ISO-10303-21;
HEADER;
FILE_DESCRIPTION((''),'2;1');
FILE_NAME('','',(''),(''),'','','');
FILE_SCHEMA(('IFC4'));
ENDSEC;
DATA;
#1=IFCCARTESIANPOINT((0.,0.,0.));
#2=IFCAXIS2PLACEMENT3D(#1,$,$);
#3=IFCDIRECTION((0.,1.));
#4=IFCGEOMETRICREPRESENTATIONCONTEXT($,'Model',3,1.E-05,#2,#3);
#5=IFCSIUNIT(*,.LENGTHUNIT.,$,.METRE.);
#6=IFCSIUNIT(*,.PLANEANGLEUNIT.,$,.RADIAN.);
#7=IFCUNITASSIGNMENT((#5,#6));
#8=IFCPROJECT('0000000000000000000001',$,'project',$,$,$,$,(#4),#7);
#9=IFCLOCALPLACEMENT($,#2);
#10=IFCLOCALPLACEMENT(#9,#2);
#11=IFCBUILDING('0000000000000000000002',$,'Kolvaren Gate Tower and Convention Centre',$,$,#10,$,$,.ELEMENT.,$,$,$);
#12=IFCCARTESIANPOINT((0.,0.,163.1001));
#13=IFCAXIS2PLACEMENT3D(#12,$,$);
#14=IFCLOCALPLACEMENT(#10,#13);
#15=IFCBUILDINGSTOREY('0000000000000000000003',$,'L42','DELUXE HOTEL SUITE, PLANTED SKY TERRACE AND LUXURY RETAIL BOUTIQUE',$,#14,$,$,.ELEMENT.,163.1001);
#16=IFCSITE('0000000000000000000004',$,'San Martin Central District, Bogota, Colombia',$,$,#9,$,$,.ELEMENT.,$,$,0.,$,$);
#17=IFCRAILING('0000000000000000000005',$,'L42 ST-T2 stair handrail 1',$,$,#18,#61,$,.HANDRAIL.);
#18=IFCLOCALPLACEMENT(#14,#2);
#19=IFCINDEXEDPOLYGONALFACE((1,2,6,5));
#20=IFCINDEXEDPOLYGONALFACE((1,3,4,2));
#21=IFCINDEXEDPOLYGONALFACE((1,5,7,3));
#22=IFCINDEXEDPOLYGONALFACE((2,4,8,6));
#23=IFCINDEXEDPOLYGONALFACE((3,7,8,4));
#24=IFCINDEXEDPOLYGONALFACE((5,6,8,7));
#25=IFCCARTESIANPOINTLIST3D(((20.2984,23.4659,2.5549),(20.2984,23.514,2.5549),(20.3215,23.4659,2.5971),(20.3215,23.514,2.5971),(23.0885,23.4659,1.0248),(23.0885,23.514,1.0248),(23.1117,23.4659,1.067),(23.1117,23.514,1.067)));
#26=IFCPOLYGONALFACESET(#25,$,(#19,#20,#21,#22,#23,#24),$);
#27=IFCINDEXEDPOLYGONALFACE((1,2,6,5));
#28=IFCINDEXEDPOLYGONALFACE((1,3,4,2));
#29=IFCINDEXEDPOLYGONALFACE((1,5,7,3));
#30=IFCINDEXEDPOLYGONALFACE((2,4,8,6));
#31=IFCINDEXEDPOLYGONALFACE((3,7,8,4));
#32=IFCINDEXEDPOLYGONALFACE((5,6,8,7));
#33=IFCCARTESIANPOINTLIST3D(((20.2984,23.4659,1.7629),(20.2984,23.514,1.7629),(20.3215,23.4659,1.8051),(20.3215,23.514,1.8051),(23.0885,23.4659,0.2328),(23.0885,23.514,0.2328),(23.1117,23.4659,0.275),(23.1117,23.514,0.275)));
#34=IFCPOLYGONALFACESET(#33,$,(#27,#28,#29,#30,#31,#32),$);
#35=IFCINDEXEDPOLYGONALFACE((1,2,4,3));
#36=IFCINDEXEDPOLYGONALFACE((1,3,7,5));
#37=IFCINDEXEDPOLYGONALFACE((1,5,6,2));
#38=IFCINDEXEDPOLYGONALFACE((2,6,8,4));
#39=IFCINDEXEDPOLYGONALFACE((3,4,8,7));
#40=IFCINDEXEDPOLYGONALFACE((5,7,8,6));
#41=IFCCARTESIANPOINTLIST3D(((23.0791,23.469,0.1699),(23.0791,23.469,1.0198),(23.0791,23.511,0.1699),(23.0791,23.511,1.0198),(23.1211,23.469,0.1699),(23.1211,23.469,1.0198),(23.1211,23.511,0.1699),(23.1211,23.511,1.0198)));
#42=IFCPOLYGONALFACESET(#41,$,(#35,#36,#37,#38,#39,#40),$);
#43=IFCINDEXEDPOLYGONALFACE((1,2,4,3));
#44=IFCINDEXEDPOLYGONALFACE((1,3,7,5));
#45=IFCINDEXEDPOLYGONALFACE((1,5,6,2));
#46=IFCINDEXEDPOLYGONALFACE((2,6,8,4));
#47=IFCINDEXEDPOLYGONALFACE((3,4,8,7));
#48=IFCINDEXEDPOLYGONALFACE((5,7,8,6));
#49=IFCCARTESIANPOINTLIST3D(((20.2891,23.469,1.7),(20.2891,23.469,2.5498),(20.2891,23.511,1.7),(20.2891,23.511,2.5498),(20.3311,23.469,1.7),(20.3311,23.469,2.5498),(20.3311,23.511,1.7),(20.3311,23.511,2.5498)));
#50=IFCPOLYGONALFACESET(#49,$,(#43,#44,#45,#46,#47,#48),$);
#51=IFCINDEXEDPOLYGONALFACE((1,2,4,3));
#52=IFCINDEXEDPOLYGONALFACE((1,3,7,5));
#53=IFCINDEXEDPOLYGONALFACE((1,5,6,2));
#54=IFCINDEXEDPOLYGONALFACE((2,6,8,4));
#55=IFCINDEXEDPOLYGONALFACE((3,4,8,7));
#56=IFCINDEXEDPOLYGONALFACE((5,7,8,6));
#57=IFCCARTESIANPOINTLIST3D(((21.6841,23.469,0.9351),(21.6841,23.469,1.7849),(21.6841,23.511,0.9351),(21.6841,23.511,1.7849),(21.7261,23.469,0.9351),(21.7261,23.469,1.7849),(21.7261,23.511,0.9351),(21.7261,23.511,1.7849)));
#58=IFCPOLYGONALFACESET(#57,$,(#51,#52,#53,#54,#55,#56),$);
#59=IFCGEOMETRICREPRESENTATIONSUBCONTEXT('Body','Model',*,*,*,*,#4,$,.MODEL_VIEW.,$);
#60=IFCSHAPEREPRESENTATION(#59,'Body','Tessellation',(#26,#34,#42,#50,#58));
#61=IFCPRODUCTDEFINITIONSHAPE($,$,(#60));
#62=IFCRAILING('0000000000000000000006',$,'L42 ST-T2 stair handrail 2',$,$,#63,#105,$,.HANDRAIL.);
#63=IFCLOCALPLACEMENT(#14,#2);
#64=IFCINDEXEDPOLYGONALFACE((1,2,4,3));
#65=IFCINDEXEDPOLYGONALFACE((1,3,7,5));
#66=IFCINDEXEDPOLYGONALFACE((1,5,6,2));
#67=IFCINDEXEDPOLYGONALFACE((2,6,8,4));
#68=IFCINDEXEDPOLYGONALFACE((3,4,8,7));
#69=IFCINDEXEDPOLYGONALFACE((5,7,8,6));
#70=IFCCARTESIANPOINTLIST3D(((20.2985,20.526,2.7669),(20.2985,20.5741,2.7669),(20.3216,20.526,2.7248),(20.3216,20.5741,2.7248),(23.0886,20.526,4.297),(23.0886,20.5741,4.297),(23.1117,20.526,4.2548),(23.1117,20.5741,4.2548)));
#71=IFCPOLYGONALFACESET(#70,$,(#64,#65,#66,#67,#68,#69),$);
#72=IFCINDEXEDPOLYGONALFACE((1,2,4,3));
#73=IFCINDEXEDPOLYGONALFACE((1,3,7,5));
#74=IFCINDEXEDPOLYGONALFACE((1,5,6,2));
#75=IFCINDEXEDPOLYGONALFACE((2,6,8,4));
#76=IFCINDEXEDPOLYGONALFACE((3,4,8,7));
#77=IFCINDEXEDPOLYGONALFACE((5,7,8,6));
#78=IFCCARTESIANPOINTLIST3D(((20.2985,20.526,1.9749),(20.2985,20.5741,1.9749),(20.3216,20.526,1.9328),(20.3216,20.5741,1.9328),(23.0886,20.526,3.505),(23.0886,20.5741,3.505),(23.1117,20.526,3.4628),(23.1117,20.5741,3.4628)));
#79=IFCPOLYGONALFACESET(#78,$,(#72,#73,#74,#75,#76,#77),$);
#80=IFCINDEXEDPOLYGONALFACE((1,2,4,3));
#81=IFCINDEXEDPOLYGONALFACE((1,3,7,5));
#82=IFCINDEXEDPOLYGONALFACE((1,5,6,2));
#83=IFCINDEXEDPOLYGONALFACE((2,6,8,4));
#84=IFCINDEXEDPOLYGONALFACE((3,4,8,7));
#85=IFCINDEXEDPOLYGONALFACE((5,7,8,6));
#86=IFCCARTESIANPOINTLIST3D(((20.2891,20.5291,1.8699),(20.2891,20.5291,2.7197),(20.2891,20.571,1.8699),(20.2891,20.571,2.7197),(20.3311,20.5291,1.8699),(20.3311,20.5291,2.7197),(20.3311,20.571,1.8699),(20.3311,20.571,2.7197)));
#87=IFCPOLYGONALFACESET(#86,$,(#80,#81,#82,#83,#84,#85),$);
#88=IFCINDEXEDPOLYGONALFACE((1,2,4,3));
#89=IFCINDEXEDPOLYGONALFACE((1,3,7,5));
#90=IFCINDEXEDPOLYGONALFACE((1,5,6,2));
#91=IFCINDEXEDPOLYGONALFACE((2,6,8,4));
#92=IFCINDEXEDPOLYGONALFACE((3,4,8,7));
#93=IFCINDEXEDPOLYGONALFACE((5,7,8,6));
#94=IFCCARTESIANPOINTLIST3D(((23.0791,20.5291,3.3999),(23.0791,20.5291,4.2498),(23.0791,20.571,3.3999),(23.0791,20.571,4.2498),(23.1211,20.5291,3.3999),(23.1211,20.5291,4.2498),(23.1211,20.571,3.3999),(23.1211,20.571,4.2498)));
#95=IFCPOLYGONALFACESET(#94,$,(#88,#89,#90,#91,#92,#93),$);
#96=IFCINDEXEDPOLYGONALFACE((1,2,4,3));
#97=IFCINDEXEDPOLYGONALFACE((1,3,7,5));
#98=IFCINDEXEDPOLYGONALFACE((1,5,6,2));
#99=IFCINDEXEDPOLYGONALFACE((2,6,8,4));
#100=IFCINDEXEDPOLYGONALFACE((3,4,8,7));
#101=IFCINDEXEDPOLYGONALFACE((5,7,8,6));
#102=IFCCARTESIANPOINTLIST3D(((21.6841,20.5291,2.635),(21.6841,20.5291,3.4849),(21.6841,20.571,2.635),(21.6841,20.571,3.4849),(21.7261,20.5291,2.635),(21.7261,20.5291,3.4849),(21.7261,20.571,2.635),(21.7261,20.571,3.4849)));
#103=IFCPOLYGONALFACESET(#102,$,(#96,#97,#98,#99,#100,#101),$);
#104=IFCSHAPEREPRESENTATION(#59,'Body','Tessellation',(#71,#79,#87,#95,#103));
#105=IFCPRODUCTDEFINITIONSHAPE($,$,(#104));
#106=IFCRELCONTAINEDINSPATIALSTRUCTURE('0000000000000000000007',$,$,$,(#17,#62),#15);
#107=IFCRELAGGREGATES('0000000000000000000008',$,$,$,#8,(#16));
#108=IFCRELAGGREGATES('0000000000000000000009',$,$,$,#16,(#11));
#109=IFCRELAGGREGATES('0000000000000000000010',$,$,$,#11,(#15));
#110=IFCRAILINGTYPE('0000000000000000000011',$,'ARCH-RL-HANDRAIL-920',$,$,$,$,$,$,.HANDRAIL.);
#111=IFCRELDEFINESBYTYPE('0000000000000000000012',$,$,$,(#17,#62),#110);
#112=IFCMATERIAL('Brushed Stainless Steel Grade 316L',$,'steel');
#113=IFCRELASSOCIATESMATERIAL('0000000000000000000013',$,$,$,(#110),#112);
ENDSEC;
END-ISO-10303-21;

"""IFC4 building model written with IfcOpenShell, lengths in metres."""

from ifc_helpers import new_model, si_unit, direction, frame, origin, origin_2d, place, context, subcontext, project, spatial, rectangle, extrude, material, type_object, element, save


model = new_model("IFC4")

# Units and contexts
model_context = context("Model", 3, precision=1e-05, world=origin(), true_north=direction((0.0, 1.0)))
body_context = subcontext(model_context, "Body", "Model", "MODEL_VIEW")
ifc_project = project(units=[si_unit("LENGTHUNIT", "METRE"), si_unit("PLANEANGLEUNIT", "RADIAN")], contexts=[model_context])

# Site, building, storey
site_placement = place(None, origin())
site = spatial("IfcSite", under=ifc_project, at=site_placement, Name="San Martin Central District, Bogota, Colombia", CompositionType="ELEMENT", RefElevation=0.0)
building_placement = place(site_placement, origin())
building = spatial("IfcBuilding", under=site, at=building_placement, Name="Kolvaren Gate Tower and Convention Centre", CompositionType="ELEMENT")
storey_placement = place(building_placement, frame((0.0, 0.0, 163.1001)))
storey = spatial("IfcBuildingStorey", under=building, at=storey_placement, Name="L42", Description="DELUXE HOTEL SUITE, PLANTED SKY TERRACE AND LUXURY RETAIL BOUTIQUE", CompositionType="ELEMENT", Elevation=163.1001)

# Shared definitions
ifc_material_1 = material(Name="Brushed Stainless Steel Grade 316L", Category="steel")

# Railings
railing_type_1 = type_object("IfcRailingType", Name="ARCH-RL-HANDRAIL-920", PredefinedType="HANDRAIL", material=ifc_material_1)
railing_1_placement = place(storey_placement, frame((23.1001, 23.49, 0.1699)))
element("IfcRailing", 1, at=railing_1_placement, inside=storey, type_object=railing_type_1, Name="L42 ST-T2 stair handrail 1", PredefinedType="HANDRAIL", context=body_context, shape_type="SweptSolid", body=[
    extrude(rectangle(XDim=0.0481, YDim=0.0481, at=origin_2d()), frame((0.0, 0.0, 0.876), z_axis=(-0.876811, 0.0, 0.480835), x_axis=(0.0, -1.0, 0.0)), (0.0, 0.0, 1.0), 3.1821),
    extrude(rectangle(XDim=0.0481, YDim=0.0481, at=origin_2d()), frame((0.0, 0.0, 0.084), z_axis=(-0.876811, 0.0, 0.480835), x_axis=(0.0, -1.0, 0.0)), (0.0, 0.0, 1.0), 3.1821),
    extrude(rectangle(XDim=0.042, YDim=0.042, at=origin_2d()), origin(), (0.0, 0.0, 1.0), 0.8499),
    extrude(rectangle(XDim=0.042, YDim=0.042, at=origin_2d()), frame((-2.79, 0.0, 1.53)), (0.0, 0.0, 1.0), 0.8499),
    extrude(rectangle(XDim=0.042, YDim=0.042, at=origin_2d()), frame((-1.395, 0.0, 0.7651)), (0.0, 0.0, 1.0), 0.8499),
])
railing_2_placement = place(storey_placement, frame((20.3101, 20.55, 1.8699)))
element("IfcRailing", 2, at=railing_2_placement, inside=storey, type_object=railing_type_1, Name="L42 ST-T2 stair handrail 2", PredefinedType="HANDRAIL", context=body_context, shape_type="SweptSolid", body=[
    extrude(rectangle(XDim=0.0481, YDim=0.0481, at=origin_2d()), frame((0.0, 0.0, 0.876), z_axis=(0.876811, 0.0, 0.480835), x_axis=(0.0, 1.0, 0.0)), (0.0, 0.0, 1.0), 3.1821),
    extrude(rectangle(XDim=0.0481, YDim=0.0481, at=origin_2d()), frame((0.0, 0.0, 0.084), z_axis=(0.876811, 0.0, 0.480835), x_axis=(0.0, 1.0, 0.0)), (0.0, 0.0, 1.0), 3.1821),
    extrude(rectangle(XDim=0.042, YDim=0.042, at=origin_2d()), origin(), (0.0, 0.0, 1.0), 0.8499),
    extrude(rectangle(XDim=0.042, YDim=0.042, at=origin_2d()), frame((2.79, 0.0, 1.53)), (0.0, 0.0, 1.0), 0.8499),
    extrude(rectangle(XDim=0.042, YDim=0.042, at=origin_2d()), frame((1.395, 0.0, 0.7651)), (0.0, 0.0, 1.0), 0.8499),
])

save(model, "model.ifc")
